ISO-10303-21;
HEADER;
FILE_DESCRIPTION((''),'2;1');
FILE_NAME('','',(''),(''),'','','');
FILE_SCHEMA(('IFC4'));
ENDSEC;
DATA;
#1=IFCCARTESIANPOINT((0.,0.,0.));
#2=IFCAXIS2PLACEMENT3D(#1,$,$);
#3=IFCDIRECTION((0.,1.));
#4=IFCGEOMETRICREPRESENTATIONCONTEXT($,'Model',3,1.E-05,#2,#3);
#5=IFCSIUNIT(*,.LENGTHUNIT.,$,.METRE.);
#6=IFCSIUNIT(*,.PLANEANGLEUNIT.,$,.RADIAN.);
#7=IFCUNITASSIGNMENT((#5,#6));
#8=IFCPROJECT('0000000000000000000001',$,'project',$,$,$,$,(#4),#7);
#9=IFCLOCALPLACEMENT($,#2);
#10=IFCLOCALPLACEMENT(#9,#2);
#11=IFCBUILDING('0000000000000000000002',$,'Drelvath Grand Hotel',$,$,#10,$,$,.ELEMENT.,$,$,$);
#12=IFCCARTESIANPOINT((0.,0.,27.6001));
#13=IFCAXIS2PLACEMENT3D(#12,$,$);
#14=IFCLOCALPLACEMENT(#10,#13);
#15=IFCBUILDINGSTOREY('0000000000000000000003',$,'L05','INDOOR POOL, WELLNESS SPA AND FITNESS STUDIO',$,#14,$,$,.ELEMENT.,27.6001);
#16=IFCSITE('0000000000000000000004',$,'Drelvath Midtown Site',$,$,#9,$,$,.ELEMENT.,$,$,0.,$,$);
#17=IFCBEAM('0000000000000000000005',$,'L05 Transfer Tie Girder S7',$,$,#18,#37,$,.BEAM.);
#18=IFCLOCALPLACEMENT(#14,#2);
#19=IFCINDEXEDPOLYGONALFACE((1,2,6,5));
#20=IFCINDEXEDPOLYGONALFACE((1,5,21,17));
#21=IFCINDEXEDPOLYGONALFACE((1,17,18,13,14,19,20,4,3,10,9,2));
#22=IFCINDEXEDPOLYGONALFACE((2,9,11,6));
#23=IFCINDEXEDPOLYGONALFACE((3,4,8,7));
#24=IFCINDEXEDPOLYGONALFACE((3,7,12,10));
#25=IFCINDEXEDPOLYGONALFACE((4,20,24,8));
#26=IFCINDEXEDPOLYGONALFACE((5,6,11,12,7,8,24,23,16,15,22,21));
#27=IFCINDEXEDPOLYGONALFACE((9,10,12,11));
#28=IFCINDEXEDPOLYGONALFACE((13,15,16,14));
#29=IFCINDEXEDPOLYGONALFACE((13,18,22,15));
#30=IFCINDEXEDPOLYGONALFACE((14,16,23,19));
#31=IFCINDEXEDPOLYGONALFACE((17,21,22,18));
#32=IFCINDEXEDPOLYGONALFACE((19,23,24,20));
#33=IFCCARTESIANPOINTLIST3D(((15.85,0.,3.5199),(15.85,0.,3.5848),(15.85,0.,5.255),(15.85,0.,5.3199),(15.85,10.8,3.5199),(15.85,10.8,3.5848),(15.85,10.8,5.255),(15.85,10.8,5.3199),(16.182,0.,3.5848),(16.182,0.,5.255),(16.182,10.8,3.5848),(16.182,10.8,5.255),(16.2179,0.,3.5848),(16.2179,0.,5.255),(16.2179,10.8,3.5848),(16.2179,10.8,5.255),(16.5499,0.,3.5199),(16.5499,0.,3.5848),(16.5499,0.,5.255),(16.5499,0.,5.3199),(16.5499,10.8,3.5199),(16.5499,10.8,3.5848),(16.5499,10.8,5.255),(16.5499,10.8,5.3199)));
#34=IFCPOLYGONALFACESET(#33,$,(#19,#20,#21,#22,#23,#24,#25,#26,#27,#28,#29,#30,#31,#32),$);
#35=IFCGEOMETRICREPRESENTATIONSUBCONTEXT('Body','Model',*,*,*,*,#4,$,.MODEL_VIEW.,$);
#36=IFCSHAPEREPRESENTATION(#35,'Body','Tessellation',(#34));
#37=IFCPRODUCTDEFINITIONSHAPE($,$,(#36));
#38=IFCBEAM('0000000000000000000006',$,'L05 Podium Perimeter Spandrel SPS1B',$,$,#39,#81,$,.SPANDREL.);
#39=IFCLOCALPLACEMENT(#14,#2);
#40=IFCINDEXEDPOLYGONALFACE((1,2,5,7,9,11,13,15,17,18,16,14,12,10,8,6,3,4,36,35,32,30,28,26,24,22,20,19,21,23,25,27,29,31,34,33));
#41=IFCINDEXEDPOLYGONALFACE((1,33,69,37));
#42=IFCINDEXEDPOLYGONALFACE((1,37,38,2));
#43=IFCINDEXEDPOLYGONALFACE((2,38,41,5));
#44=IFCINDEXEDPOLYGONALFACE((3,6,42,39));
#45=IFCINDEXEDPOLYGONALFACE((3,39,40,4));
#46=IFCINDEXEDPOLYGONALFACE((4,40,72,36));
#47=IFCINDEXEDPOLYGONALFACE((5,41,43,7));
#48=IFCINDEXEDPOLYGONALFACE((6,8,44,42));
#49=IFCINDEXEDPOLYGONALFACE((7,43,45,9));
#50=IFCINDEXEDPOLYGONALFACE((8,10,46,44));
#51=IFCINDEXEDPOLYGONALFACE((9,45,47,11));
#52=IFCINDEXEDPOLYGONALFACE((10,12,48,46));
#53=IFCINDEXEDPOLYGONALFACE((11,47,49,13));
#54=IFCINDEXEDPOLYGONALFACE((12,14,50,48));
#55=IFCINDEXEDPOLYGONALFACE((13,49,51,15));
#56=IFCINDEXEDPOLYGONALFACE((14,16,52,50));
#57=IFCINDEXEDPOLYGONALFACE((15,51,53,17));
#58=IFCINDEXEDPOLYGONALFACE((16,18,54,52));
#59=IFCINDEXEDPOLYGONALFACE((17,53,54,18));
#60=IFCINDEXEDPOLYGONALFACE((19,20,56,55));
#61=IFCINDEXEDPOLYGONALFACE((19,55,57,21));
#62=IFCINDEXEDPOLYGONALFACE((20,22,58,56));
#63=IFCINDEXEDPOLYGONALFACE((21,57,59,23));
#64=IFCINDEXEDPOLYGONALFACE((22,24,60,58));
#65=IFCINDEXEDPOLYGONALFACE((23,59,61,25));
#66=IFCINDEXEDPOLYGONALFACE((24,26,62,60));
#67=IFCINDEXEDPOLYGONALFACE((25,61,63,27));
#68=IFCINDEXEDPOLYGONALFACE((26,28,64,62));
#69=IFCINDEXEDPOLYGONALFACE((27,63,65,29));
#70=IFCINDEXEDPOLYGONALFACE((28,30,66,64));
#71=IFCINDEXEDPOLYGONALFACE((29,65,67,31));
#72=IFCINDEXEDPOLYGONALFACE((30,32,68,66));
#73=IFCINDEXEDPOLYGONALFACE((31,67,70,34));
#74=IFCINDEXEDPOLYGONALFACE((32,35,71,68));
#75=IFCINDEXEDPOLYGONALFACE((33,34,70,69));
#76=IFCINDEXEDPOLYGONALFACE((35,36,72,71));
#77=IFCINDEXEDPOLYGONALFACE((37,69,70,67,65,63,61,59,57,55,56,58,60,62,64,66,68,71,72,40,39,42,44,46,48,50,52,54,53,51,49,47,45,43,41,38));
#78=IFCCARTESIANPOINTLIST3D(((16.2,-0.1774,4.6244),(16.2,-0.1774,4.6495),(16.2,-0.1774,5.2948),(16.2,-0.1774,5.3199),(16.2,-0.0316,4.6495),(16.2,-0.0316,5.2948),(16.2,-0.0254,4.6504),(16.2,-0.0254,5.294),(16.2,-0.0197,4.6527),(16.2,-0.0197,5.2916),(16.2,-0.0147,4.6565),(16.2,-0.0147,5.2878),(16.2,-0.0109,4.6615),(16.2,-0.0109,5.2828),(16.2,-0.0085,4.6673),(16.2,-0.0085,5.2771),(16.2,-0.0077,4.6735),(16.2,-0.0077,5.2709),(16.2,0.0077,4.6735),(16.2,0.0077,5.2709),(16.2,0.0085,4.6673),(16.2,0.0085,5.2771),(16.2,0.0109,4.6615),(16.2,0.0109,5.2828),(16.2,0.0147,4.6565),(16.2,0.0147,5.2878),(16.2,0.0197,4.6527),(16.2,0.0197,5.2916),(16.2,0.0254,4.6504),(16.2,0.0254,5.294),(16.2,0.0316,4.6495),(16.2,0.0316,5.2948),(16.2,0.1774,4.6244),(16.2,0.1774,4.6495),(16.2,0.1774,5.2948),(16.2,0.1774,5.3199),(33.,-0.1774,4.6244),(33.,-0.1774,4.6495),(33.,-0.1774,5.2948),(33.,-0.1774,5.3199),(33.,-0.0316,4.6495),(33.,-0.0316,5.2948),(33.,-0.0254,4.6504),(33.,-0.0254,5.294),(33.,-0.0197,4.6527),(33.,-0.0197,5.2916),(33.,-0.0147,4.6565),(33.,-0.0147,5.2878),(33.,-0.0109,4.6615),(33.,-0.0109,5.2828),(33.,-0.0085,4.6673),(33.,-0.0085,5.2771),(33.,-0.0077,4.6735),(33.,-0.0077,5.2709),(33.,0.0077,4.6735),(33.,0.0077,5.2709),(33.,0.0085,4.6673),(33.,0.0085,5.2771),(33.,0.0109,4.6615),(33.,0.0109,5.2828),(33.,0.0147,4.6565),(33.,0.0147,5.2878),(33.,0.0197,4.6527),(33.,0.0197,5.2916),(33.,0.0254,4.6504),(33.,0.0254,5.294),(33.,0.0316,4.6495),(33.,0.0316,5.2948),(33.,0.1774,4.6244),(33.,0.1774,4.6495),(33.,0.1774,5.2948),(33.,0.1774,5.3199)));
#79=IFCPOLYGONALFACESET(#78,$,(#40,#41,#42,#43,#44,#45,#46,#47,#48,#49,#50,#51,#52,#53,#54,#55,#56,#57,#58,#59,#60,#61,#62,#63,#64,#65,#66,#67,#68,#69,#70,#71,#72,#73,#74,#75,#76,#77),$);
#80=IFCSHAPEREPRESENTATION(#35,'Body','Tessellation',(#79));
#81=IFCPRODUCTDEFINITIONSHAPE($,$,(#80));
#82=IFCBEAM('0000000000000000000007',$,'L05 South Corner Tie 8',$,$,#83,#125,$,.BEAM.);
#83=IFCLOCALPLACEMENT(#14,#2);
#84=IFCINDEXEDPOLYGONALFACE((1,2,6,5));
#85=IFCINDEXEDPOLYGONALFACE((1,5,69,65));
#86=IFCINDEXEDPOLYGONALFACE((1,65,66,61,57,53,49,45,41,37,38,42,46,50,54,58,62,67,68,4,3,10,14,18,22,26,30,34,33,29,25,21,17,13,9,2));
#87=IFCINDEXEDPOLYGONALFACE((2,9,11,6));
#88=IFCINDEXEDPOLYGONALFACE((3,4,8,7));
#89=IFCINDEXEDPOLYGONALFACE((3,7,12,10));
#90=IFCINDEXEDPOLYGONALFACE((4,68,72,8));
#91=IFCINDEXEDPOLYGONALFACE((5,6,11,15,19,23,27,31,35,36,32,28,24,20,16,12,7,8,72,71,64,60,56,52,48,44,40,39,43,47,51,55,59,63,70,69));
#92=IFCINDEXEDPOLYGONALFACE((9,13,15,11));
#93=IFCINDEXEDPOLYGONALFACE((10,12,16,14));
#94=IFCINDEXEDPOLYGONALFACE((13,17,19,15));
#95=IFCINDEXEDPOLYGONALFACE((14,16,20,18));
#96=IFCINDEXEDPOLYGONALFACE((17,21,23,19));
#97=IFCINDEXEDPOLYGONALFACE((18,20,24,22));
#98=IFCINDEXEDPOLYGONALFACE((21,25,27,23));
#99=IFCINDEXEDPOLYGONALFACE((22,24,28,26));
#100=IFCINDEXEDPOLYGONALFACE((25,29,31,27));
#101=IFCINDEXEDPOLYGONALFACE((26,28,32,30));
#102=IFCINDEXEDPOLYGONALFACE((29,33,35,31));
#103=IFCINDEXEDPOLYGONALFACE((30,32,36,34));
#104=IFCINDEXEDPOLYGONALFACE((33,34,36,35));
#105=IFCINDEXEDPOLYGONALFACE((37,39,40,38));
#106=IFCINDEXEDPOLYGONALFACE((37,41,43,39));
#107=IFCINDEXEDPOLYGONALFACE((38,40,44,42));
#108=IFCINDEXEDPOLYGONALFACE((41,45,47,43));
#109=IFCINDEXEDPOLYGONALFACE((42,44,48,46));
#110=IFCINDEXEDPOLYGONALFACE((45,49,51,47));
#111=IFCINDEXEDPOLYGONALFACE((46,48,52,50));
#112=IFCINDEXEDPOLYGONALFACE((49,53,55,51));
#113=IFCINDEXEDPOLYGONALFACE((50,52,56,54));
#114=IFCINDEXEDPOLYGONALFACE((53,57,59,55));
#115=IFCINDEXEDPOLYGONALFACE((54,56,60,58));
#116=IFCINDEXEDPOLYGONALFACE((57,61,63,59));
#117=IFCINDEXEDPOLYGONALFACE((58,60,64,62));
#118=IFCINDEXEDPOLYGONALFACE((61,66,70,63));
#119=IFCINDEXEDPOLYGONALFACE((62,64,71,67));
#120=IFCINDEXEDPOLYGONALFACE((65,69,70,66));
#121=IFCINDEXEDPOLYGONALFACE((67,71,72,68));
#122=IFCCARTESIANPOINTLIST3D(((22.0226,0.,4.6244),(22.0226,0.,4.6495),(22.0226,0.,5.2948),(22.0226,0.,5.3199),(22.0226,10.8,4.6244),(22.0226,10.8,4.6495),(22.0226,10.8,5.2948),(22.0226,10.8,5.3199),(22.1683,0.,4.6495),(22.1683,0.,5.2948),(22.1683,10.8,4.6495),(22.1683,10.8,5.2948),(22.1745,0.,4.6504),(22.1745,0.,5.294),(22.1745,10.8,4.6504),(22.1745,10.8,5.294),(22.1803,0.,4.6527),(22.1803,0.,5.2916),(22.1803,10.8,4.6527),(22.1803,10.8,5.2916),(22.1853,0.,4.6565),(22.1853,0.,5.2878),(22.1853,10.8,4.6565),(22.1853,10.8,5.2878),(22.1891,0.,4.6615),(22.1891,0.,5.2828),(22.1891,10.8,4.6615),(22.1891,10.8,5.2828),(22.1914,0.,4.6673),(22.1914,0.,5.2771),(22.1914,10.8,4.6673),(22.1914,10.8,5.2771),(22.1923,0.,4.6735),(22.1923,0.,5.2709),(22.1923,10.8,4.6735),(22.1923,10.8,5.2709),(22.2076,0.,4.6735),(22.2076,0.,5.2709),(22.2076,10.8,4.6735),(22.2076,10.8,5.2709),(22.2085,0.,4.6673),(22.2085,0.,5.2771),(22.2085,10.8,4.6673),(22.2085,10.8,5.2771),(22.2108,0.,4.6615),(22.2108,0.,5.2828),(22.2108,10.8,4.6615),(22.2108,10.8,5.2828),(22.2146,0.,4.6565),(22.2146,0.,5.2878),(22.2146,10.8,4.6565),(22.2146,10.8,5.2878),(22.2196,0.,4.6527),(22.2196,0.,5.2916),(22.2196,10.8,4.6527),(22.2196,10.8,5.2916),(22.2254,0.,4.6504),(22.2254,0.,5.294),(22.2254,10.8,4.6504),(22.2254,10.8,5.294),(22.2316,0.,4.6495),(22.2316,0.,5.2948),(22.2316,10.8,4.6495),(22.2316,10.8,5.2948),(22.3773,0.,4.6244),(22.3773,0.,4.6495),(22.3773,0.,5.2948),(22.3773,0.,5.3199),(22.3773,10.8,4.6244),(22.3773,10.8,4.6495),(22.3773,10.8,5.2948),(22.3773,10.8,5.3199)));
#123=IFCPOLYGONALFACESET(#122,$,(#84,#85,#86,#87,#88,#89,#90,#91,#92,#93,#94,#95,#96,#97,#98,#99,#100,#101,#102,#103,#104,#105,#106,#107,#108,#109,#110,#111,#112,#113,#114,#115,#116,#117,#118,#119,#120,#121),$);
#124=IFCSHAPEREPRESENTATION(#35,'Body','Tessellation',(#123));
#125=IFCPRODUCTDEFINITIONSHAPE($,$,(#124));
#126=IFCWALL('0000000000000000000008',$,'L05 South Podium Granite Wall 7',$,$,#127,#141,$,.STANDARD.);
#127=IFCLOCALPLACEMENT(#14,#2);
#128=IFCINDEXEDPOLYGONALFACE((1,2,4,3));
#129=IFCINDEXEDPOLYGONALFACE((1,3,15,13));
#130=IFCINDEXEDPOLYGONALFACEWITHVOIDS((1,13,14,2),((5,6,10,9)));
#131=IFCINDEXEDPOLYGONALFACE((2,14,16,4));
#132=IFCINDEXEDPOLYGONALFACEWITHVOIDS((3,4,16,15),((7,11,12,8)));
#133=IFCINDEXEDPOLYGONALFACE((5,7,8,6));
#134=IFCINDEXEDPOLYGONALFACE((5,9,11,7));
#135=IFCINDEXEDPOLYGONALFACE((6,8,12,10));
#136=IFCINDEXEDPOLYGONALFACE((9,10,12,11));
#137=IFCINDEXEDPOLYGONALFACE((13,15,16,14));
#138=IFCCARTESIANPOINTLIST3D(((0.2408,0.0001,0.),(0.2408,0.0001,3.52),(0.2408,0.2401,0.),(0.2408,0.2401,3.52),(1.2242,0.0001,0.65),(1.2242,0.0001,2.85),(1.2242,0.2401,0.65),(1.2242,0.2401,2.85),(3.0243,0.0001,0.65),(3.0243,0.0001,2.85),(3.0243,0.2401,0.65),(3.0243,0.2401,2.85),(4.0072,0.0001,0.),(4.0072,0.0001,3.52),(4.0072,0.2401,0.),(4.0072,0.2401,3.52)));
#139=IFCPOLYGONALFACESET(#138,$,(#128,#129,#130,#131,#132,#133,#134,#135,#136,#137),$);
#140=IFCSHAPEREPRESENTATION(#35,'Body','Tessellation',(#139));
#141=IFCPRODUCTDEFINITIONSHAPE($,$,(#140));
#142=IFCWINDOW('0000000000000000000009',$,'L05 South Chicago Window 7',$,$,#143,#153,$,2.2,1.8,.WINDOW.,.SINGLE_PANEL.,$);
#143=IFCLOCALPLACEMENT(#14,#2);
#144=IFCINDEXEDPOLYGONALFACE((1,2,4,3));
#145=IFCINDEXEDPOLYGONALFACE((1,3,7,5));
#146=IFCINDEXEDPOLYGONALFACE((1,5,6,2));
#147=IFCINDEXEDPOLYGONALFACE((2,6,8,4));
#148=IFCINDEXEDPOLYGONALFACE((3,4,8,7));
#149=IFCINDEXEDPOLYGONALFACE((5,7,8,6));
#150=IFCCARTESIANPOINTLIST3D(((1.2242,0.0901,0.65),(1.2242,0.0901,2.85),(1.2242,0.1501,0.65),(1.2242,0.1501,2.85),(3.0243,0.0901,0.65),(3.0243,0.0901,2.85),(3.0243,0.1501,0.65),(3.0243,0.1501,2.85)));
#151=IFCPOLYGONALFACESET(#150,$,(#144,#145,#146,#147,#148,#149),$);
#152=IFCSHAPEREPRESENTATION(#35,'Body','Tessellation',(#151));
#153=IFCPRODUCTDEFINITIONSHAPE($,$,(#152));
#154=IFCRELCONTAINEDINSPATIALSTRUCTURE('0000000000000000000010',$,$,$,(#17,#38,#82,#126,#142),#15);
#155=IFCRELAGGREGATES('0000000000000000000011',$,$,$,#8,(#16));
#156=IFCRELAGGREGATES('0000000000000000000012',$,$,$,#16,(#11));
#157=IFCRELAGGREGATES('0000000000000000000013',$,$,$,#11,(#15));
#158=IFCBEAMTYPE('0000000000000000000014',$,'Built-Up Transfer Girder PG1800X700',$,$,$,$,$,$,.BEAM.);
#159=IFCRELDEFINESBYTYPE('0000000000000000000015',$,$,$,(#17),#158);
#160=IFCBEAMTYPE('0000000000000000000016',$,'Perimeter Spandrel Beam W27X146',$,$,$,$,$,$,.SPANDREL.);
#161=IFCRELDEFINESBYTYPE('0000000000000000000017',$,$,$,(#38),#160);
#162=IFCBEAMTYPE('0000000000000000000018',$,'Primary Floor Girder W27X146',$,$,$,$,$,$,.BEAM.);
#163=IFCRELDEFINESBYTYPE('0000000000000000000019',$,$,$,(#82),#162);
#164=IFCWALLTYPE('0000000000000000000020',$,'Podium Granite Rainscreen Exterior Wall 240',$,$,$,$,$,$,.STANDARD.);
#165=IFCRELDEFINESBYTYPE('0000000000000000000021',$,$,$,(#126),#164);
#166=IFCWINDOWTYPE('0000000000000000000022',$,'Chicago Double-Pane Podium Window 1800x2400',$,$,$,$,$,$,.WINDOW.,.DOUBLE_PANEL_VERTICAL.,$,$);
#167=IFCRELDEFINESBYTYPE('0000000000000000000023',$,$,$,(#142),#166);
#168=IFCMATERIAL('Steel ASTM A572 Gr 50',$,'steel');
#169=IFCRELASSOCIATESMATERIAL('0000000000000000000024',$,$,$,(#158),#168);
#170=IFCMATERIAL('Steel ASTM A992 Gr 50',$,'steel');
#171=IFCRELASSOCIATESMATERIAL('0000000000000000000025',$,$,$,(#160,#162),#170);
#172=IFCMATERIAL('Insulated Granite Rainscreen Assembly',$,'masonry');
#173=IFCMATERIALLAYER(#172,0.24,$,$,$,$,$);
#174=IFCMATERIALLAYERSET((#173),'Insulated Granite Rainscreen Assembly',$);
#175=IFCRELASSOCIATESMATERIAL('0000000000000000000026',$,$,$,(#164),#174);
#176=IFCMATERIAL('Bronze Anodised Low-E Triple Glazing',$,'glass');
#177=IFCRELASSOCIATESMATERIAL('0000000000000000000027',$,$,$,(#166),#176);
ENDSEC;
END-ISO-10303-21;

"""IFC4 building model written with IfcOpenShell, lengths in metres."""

from ifc_helpers import new_model, si_unit, direction, frame, frame_2d, origin, origin_2d, place, context, subcontext, project, spatial, rectangle, i_section, extrude, material, layer, layer_set, material_profile, profile_set, type_object, element, fill, save


model = new_model("IFC4")

# Units and contexts
model_context = context("Model", 3, precision=1e-05, world=origin(), true_north=direction((0.0, 1.0)))
body_context = subcontext(model_context, "Body", "Model", "MODEL_VIEW")
ifc_project = project(units=[si_unit("LENGTHUNIT", "METRE"), si_unit("PLANEANGLEUNIT", "RADIAN")], contexts=[model_context])

# Site, building, storey
site_placement = place(None, origin())
site = spatial("IfcSite", under=ifc_project, at=site_placement, Name="Drelvath Midtown Site", CompositionType="ELEMENT", RefElevation=0.0)
building_placement = place(site_placement, origin())
building = spatial("IfcBuilding", under=site, at=building_placement, Name="Drelvath Grand Hotel", CompositionType="ELEMENT")
storey_placement = place(building_placement, frame((0.0, 0.0, 27.6001)))
storey = spatial("IfcBuildingStorey", under=building, at=storey_placement, Name="L05", Description="INDOOR POOL, WELLNESS SPA AND FITNESS STUDIO", CompositionType="ELEMENT", Elevation=27.6001)

# Beams
ifc_material_1 = material(Name="Steel ASTM A572 Gr 50", Category="steel")
ifc_material_profile_1 = material_profile(ifc_material_1, i_section(OverallWidth=0.7, OverallDepth=1.8, WebThickness=0.0359, FlangeThickness=0.0649, at=origin_2d()), Name="PG1800X700")
ifc_profile_set_1 = profile_set([ifc_material_profile_1], Name="Steel ASTM A572 Gr 50")
beam_type_1 = type_object("IfcBeamType", Name="Built-Up Transfer Girder PG1800X700", PredefinedType="BEAM", material=ifc_profile_set_1)
beam_1_placement = place(storey_placement, frame((16.2, 0.0, 4.4199), z_axis=(0.0, 1.0, 0.0), x_axis=(-1.0, 0.0, 0.0)))
element("IfcBeam", 1, at=beam_1_placement, inside=storey, type_object=beam_type_1, Name="L05 Transfer Tie Girder S7", PredefinedType="BEAM", context=body_context, shape_type="SweptSolid", body=[
    extrude(i_section(OverallWidth=0.7, OverallDepth=1.8, WebThickness=0.0359, FlangeThickness=0.0649, at=origin_2d()), origin(), (0.0, 0.0, 1.0), 10.8),
])
ifc_material_2 = material(Name="Steel ASTM A992 Gr 50", Category="steel")
ifc_material_profile_2 = material_profile(ifc_material_2, i_section(OverallWidth=0.3547, OverallDepth=0.6956, WebThickness=0.0154, FlangeThickness=0.0251, FilletRadius=0.0239, at=origin_2d()), Name="W27X146")
ifc_profile_set_2 = profile_set([ifc_material_profile_2], Name="Steel ASTM A992 Gr 50")
beam_type_2 = type_object("IfcBeamType", Name="Perimeter Spandrel Beam W27X146", PredefinedType="SPANDREL", material=ifc_profile_set_2)
beam_2_placement = place(storey_placement, frame((16.2, 0.0, 4.9722), z_axis=(1.0, 0.0, 0.0), x_axis=(0.0, 1.0, 0.0)))
element("IfcBeam", 2, at=beam_2_placement, inside=storey, type_object=beam_type_2, Name="L05 Podium Perimeter Spandrel SPS1B", PredefinedType="SPANDREL", context=body_context, shape_type="SweptSolid", body=[
    extrude(i_section(OverallWidth=0.3547, OverallDepth=0.6956, WebThickness=0.0154, FlangeThickness=0.0251, FilletRadius=0.0239, at=origin_2d()), origin(), (0.0, 0.0, 1.0), 16.8),
])
ifc_material_profile_3 = material_profile(ifc_material_2, i_section(OverallWidth=0.3547, OverallDepth=0.6956, WebThickness=0.0154, FlangeThickness=0.0251, FilletRadius=0.0239, at=origin_2d()), Name="W27X146")
ifc_profile_set_3 = profile_set([ifc_material_profile_3], Name="Steel ASTM A992 Gr 50")
beam_type_3 = type_object("IfcBeamType", Name="Primary Floor Girder W27X146", PredefinedType="BEAM", material=ifc_profile_set_3)
beam_3_placement = place(storey_placement, frame((22.2, 0.0, 4.9722), z_axis=(0.0, 1.0, 0.0), x_axis=(-1.0, 0.0, 0.0)))
element("IfcBeam", 3, at=beam_3_placement, inside=storey, type_object=beam_type_3, Name="L05 South Corner Tie 8", PredefinedType="BEAM", context=body_context, shape_type="SweptSolid", body=[
    extrude(i_section(OverallWidth=0.3547, OverallDepth=0.6956, WebThickness=0.0154, FlangeThickness=0.0251, FilletRadius=0.0239, at=origin_2d()), origin(), (0.0, 0.0, 1.0), 10.8),
])

# Wall, opening, window
ifc_material_3 = material(Name="Insulated Granite Rainscreen Assembly", Category="masonry")
ifc_layer_1 = layer(ifc_material_3, 0.24)
ifc_layer_set_1 = layer_set([ifc_layer_1], Name="Insulated Granite Rainscreen Assembly")
wall_type_1 = type_object("IfcWallType", Name="Podium Granite Rainscreen Exterior Wall 240", PredefinedType="STANDARD", material=ifc_layer_set_1)
wall_1_placement = place(storey_placement, frame((4.0073, 0.1201, 0.0), z_axis=(0.0, 0.0, 1.0), x_axis=(-1.0, 0.0, 0.0)))
wall_1 = element("IfcWall", 4, at=wall_1_placement, inside=storey, type_object=wall_type_1, Name="L05 South Podium Granite Wall 7", PredefinedType="STANDARD", context=body_context, shape_type="SweptSolid", body=[
    extrude(rectangle(XDim=3.7664, YDim=0.24, at=frame_2d((1.8833, 0.0))), origin(), (0.0, 0.0, 1.0), 3.52),
])
opening_1_placement = place(wall_1_placement, frame((0.9832, 0.0, 0.6499)))
opening_1 = element("IfcOpeningElement", 5, at=opening_1_placement, cuts=wall_1, PredefinedType="OPENING", context=body_context, shape_type="SweptSolid", body=[
    extrude(rectangle(XDim=1.8, YDim=2.2, at=frame_2d((0.8999, 1.1001))), frame((0.0, 0.1299, 0.0), z_axis=(0.0, -1.0, 0.0), x_axis=(1.0, 0.0, 0.0)), (0.0, 0.0, 1.0), 0.26),
])
ifc_material_4 = material(Name="Bronze Anodised Low-E Triple Glazing", Category="glass")
window_type = type_object("IfcWindowType", Name="Chicago Double-Pane Podium Window 1800x2400", PartitioningType="DOUBLE_PANEL_VERTICAL", PredefinedType="WINDOW", material=ifc_material_4)
window_1_placement = place(opening_1_placement, origin())
window_1 = element("IfcWindow", 6, at=window_1_placement, inside=storey, type_object=window_type, Name="L05 South Chicago Window 7", OverallHeight=2.2, OverallWidth=1.8, PartitioningType="SINGLE_PANEL", PredefinedType="WINDOW", context=body_context, shape_type="SweptSolid", body=[
    extrude(rectangle(XDim=1.8, YDim=2.2, at=frame_2d((0.8999, 1.1001))), frame((0.0, 0.03, 0.0), z_axis=(0.0, -1.0, 0.0), x_axis=(1.0, 0.0, 0.0)), (0.0, 0.0, 1.0), 0.0601),
])
fill(opening_1, window_1)

save(model, "model.ifc")
